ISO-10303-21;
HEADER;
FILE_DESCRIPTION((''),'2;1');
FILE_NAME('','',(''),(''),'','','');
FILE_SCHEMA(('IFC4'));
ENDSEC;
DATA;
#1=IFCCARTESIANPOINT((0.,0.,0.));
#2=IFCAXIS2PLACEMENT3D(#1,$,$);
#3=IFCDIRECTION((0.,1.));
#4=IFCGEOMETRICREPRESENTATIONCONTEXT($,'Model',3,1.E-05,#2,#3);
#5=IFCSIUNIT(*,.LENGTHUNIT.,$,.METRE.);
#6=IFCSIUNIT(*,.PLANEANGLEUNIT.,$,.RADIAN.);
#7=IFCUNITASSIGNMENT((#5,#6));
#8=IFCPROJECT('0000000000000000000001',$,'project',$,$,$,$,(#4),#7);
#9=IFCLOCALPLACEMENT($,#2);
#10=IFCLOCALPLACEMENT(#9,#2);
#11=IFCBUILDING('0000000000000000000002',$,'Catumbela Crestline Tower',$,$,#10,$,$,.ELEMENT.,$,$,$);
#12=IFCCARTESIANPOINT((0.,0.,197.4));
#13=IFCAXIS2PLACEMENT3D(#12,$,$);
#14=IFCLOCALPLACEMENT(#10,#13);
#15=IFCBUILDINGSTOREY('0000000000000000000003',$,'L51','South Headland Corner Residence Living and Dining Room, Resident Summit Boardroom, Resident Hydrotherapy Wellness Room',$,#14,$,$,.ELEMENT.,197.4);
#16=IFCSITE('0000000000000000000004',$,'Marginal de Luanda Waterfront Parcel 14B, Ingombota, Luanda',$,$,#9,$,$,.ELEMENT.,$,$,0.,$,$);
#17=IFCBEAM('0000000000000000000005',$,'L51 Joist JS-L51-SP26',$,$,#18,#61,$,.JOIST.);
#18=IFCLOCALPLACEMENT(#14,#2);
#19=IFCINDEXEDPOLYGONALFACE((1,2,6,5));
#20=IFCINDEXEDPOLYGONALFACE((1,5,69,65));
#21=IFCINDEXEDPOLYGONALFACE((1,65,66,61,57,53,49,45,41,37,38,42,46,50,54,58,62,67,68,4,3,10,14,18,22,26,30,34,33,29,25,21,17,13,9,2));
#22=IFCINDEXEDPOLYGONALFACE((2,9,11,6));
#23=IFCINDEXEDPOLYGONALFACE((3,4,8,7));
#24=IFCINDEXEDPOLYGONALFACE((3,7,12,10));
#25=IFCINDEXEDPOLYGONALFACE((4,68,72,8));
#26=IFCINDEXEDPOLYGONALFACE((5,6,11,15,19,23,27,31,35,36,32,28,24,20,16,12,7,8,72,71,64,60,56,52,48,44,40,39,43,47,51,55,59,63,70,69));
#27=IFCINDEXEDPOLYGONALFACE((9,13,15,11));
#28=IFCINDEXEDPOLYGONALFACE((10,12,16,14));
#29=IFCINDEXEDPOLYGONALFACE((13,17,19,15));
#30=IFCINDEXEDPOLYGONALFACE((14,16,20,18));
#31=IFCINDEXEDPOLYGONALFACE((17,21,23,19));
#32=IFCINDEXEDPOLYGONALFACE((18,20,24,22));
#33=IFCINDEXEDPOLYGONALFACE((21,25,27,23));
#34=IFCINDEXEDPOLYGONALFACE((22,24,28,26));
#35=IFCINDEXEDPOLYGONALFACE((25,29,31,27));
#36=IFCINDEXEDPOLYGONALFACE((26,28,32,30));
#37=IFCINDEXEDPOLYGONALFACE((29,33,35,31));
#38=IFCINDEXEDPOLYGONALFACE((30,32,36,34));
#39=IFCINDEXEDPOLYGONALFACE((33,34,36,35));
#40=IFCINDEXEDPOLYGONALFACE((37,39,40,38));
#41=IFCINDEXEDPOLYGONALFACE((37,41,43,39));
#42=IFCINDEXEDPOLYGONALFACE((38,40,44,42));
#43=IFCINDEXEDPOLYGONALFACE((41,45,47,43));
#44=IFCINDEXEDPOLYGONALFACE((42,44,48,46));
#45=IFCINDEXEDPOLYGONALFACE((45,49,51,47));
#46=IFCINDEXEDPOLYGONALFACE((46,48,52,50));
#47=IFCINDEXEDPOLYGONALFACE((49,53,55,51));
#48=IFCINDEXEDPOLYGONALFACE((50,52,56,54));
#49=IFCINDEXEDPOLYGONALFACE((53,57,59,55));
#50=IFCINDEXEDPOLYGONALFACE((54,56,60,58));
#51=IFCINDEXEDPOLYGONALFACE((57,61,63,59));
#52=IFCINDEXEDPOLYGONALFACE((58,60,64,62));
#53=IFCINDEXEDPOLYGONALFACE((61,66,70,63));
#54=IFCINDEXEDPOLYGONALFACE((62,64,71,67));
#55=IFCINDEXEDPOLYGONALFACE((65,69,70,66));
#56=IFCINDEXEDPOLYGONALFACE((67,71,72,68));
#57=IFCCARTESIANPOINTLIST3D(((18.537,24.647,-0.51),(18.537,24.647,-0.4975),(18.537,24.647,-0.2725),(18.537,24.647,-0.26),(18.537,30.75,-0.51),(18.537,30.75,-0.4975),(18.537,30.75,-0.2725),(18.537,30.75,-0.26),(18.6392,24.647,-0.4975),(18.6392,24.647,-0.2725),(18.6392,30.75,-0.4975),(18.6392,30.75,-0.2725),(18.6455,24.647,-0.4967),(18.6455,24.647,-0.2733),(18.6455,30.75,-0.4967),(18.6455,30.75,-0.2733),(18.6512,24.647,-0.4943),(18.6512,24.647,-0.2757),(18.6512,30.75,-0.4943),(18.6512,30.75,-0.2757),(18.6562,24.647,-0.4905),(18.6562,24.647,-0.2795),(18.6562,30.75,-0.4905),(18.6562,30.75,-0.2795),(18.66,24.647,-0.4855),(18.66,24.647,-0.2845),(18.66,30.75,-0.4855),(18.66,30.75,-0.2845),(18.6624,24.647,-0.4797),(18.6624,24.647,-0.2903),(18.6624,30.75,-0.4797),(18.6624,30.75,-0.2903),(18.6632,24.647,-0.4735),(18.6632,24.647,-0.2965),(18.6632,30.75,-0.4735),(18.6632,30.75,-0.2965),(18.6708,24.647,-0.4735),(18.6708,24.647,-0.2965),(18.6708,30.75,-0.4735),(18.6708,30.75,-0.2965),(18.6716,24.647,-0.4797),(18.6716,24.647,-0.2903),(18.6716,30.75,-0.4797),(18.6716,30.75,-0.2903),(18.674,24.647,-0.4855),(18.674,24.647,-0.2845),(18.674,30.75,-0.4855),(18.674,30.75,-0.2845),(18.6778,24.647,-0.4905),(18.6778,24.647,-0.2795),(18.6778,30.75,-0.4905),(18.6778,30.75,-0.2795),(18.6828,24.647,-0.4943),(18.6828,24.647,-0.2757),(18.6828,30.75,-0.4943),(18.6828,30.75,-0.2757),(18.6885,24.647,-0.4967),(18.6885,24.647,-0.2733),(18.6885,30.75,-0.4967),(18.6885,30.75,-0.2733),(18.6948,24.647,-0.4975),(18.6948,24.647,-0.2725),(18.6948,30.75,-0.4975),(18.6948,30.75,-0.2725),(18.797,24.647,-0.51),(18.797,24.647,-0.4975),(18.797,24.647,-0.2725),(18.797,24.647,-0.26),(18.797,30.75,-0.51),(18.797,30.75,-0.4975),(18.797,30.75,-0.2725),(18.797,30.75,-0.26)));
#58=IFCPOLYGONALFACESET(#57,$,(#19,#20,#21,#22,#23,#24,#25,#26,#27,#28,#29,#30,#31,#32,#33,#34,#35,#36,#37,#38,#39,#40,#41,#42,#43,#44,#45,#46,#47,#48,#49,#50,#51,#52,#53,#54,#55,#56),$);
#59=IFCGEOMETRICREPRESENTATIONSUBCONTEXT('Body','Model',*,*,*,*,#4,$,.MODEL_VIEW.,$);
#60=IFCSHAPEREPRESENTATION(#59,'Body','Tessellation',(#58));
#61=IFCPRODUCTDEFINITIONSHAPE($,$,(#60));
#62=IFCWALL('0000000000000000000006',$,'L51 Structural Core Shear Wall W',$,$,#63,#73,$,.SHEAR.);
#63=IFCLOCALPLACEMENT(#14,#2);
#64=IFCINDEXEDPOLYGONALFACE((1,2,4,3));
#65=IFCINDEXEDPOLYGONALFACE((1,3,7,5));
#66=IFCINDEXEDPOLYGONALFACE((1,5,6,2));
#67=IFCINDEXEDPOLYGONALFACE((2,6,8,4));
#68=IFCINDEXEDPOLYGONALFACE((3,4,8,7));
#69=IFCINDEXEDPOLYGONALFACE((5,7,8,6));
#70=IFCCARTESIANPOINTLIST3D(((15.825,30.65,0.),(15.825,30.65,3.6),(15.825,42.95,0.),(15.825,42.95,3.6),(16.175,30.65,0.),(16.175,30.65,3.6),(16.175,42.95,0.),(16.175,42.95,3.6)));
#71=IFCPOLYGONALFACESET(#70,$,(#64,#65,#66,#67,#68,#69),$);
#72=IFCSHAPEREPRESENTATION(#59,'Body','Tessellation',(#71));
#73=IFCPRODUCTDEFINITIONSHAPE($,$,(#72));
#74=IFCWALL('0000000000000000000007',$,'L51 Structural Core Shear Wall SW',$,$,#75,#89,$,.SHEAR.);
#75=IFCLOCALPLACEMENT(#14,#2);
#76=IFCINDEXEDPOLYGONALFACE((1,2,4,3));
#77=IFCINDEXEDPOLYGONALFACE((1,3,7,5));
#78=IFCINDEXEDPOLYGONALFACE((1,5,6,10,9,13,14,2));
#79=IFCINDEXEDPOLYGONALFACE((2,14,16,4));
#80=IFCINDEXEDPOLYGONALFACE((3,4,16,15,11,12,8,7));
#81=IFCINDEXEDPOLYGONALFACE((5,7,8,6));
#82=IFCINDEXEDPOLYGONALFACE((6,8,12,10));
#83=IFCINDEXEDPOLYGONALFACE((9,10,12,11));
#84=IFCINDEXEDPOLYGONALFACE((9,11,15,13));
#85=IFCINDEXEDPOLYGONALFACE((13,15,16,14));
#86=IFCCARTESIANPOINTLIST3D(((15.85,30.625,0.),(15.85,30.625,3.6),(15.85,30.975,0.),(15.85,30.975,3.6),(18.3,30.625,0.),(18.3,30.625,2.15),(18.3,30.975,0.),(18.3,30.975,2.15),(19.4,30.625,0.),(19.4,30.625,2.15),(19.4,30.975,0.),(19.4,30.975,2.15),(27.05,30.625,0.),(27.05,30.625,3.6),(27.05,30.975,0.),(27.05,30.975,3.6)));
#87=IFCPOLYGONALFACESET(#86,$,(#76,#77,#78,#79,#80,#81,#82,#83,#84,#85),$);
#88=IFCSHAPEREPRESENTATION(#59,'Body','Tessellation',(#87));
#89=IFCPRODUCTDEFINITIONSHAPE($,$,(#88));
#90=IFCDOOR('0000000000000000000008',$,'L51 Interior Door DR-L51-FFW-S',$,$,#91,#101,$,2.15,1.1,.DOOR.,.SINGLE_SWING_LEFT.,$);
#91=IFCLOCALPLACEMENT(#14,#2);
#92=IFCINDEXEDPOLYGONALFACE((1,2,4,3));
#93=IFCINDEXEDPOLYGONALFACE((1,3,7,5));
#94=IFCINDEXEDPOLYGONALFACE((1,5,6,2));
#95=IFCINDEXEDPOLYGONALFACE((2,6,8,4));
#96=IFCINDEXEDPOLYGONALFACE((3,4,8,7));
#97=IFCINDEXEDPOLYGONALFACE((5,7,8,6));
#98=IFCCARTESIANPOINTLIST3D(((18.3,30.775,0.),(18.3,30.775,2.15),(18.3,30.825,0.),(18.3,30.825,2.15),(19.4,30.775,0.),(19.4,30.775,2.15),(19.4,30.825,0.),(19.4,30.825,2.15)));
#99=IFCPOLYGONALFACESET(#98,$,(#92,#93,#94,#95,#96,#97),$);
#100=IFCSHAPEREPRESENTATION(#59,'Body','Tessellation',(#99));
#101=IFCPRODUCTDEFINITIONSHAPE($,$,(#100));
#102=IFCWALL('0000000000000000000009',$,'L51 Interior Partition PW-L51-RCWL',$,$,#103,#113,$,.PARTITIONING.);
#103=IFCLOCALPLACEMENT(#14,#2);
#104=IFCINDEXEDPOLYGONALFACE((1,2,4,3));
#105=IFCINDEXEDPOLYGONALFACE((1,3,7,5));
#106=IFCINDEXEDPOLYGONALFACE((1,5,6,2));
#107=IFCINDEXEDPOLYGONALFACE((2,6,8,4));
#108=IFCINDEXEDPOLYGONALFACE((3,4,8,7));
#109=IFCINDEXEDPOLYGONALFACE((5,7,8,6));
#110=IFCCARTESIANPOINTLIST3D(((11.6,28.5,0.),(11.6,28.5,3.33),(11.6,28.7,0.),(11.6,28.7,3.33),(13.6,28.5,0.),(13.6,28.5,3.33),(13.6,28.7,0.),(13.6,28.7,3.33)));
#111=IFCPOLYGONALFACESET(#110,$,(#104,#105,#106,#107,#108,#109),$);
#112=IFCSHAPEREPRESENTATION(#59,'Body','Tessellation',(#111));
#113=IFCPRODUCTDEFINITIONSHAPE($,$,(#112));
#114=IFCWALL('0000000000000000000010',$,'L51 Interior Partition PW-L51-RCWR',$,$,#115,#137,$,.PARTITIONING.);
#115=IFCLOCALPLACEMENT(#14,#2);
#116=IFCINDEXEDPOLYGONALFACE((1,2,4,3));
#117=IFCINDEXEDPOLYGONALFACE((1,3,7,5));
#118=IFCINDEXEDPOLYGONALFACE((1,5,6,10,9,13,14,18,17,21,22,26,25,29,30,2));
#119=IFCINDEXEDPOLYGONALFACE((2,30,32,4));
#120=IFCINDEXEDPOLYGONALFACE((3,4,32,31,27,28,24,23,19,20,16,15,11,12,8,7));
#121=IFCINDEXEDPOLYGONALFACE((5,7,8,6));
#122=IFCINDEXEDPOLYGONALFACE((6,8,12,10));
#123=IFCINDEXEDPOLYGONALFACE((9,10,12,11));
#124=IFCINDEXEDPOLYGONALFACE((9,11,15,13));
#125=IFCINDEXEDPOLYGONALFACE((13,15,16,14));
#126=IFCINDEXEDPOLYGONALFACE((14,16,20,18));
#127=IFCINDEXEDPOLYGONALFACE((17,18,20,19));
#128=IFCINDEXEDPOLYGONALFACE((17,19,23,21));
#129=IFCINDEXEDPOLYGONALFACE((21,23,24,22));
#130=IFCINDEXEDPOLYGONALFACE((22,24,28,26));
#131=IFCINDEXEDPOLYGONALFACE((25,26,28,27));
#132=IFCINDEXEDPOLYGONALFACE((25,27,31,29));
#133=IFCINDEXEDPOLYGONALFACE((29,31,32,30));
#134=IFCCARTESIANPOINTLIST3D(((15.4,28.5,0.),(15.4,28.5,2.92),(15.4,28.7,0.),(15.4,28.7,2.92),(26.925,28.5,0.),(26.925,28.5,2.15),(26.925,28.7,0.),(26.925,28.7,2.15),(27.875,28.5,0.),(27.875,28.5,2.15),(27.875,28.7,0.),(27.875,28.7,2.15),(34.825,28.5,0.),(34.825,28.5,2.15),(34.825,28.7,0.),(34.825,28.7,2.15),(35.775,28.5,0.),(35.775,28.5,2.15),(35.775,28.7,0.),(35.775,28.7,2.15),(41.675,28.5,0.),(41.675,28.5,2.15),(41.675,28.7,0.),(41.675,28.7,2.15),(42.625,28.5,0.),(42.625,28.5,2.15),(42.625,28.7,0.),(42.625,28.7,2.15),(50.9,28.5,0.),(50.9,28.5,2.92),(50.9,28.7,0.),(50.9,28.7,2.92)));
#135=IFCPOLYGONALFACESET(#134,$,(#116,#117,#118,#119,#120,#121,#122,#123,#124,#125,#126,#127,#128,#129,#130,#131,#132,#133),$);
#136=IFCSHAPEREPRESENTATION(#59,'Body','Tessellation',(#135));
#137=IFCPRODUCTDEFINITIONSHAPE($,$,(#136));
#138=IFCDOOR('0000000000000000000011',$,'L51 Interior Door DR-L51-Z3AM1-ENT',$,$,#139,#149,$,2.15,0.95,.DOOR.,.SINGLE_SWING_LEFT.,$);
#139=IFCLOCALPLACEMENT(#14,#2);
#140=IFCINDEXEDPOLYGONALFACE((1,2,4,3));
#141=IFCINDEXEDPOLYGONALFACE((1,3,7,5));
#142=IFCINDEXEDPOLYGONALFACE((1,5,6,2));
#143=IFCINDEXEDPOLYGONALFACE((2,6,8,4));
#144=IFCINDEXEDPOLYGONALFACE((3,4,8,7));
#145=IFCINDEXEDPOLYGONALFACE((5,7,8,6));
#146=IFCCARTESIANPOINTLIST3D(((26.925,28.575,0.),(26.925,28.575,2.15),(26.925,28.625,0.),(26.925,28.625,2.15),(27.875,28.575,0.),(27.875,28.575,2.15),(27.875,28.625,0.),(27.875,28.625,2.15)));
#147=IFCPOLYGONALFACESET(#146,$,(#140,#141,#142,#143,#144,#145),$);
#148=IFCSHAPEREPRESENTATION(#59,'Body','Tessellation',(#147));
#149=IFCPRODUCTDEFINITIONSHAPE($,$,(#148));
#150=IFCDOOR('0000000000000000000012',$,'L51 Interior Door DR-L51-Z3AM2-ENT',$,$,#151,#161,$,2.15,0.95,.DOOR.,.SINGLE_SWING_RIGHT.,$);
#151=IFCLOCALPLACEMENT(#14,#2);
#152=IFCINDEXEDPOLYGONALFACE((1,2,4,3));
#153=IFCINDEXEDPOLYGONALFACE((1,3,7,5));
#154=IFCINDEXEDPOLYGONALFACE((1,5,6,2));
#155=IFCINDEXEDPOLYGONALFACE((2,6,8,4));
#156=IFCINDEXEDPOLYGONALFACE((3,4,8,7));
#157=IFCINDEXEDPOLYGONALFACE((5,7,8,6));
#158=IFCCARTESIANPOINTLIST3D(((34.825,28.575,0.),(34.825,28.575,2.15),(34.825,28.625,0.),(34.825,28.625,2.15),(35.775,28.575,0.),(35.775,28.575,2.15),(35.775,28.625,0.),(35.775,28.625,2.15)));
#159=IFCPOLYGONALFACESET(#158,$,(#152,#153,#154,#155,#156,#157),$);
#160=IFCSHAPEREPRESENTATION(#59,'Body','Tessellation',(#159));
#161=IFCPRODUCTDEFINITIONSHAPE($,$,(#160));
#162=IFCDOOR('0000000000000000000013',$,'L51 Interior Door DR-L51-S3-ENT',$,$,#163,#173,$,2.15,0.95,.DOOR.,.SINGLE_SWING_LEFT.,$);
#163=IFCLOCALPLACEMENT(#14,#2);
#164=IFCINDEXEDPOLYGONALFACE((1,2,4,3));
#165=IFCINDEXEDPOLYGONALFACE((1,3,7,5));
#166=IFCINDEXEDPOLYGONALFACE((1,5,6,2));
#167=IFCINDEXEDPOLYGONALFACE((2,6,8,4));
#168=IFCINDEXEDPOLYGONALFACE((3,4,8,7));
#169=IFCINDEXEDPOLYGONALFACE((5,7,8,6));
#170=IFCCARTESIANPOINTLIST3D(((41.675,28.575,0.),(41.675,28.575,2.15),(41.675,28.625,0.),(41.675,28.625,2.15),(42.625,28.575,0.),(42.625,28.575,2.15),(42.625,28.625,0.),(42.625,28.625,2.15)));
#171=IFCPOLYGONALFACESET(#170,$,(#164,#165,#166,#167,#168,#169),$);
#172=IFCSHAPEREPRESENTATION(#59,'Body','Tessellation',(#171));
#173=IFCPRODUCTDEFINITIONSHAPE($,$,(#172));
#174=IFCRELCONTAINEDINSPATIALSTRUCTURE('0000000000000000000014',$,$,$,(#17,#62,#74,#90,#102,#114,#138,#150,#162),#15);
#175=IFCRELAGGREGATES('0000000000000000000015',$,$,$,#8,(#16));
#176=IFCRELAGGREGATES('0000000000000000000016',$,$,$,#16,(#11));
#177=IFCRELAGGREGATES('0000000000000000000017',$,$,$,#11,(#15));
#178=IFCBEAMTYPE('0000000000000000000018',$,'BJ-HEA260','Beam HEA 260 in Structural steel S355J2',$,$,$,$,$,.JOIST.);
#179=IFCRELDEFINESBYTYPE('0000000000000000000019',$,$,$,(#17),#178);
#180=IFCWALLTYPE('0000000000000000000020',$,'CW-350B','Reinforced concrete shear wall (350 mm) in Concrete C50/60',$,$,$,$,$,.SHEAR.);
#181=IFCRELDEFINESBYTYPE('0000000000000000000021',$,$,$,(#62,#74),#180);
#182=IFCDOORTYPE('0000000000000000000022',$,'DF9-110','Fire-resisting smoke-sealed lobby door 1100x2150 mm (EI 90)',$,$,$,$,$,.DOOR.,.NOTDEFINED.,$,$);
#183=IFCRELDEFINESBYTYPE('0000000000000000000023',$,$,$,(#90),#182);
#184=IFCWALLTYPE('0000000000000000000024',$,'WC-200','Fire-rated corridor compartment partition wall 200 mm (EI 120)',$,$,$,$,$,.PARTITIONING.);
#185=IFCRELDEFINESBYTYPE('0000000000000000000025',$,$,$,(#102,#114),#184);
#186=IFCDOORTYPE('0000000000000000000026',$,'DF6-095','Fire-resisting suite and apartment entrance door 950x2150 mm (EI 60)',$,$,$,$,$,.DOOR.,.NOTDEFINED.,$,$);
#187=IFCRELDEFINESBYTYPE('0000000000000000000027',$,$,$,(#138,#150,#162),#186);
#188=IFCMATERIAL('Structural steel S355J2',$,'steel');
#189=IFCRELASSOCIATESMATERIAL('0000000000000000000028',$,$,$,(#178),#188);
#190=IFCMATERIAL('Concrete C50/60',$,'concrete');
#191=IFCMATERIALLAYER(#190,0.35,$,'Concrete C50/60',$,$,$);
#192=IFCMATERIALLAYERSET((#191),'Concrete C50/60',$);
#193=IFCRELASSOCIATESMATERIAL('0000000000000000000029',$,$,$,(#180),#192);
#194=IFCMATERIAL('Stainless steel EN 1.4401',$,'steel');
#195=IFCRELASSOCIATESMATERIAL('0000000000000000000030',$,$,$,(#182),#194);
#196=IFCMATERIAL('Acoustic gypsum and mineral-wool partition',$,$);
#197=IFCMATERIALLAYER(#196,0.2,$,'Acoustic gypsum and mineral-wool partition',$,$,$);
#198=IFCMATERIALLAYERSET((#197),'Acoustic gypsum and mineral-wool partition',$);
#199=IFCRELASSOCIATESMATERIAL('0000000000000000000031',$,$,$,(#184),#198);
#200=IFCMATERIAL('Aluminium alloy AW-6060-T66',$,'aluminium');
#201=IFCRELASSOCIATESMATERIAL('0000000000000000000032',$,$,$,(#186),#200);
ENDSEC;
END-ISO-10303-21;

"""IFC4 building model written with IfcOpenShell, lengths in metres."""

from ifc_helpers import new_model, si_unit, direction, frame, frame_2d, origin, origin_2d, place, context, subcontext, project, spatial, rectangle, i_section, extrude, material, layer, layer_set, material_profile, profile_set, type_object, element, fill, save


model = new_model("IFC4")

# Units and contexts
model_context = context("Model", 3, precision=1e-05, world=origin(), true_north=direction((0.0, 1.0)))
body_context = subcontext(model_context, "Body", "Model", "MODEL_VIEW")
ifc_project = project(units=[si_unit("LENGTHUNIT", "METRE"), si_unit("PLANEANGLEUNIT", "RADIAN")], contexts=[model_context])

# Site, building, storey
site_placement = place(None, origin())
site = spatial("IfcSite", under=ifc_project, at=site_placement, Name="Marginal de Luanda Waterfront Parcel 14B, Ingombota, Luanda", CompositionType="ELEMENT", RefElevation=0.0)
building_placement = place(site_placement, origin())
building = spatial("IfcBuilding", under=site, at=building_placement, Name="Catumbela Crestline Tower", CompositionType="ELEMENT")
storey_placement = place(building_placement, frame((0.0, 0.0, 197.4)))
storey = spatial("IfcBuildingStorey", under=building, at=storey_placement, Name="L51", Description="South Headland Corner Residence Living and Dining Room, Resident Summit Boardroom, Resident Hydrotherapy Wellness Room", CompositionType="ELEMENT", Elevation=197.4)

# Shared definitions
ifc_material_1 = material(Name="Concrete C50/60", Category="concrete")
ifc_material_2 = material(Name="Structural steel S355J2", Category="steel")

# Beam
ifc_material_profile_1 = material_profile(ifc_material_2, i_section(OverallWidth=0.26, OverallDepth=0.25, WebThickness=0.0075, FlangeThickness=0.0125, FilletRadius=0.024, at=origin_2d()), Name="HEA 260")
ifc_profile_set_1 = profile_set([ifc_material_profile_1], Name="Structural steel S355J2")
beam_type_1 = type_object("IfcBeamType", Name="BJ-HEA260", Description="Beam HEA 260 in Structural steel S355J2", PredefinedType="JOIST", material=ifc_profile_set_1)
beam_1_placement = place(storey_placement, frame((18.667, 24.647, -0.385), z_axis=(0.0, 1.0, 0.0), x_axis=(-1.0, 0.0, 0.0)))
element("IfcBeam", 1, at=beam_1_placement, inside=storey, type_object=beam_type_1, Name="L51 Joist JS-L51-SP26", PredefinedType="JOIST", context=body_context, shape_type="SweptSolid", body=[
    extrude(i_section(OverallWidth=0.26, OverallDepth=0.25, WebThickness=0.0075, FlangeThickness=0.0125, FilletRadius=0.024, at=origin_2d()), origin(), (0.0, 0.0, 1.0), 6.103),
])

# Wall
ifc_layer_1 = layer(ifc_material_1, 0.35, Name="Concrete C50/60")
ifc_layer_set_1 = layer_set([ifc_layer_1], Name="Concrete C50/60")
wall_type_1 = type_object("IfcWallType", Name="CW-350B", Description="Reinforced concrete shear wall (350 mm) in Concrete C50/60", PredefinedType="SHEAR", material=ifc_layer_set_1)
wall_1_placement = place(storey_placement, frame((16.0, 30.65, 0.0), z_axis=(0.0, 0.0, 1.0), x_axis=(0.0, 1.0, 0.0)))
element("IfcWall", 2, at=wall_1_placement, inside=storey, type_object=wall_type_1, Name="L51 Structural Core Shear Wall W", PredefinedType="SHEAR", context=body_context, shape_type="SweptSolid", body=[
    extrude(rectangle(XDim=12.3, YDim=0.35, at=frame_2d((6.15, 0.0))), origin(), (0.0, 0.0, 1.0), 3.6),
])

# Wall, opening, door
wall_2_placement = place(storey_placement, frame((15.85, 30.8, 0.0), z_axis=(0.0, 0.0, 1.0), x_axis=(1.0, 0.0, 0.0)))
wall_2 = element("IfcWall", 3, at=wall_2_placement, inside=storey, type_object=wall_type_1, Name="L51 Structural Core Shear Wall SW", PredefinedType="SHEAR", context=body_context, shape_type="SweptSolid", body=[
    extrude(rectangle(XDim=11.2, YDim=0.35, at=frame_2d((5.6, 0.0))), origin(), (0.0, 0.0, 1.0), 3.6),
])
opening_1_placement = place(wall_2_placement, frame((2.45, 0.0, 0.0)))
opening_1 = element("IfcOpeningElement", 4, at=opening_1_placement, cuts=wall_2, PredefinedType="OPENING", context=body_context, shape_type="SweptSolid", body=[
    extrude(rectangle(XDim=1.1, YDim=2.15, at=frame_2d((0.55, 1.075))), frame((0.0, 0.185, 0.0), z_axis=(0.0, -1.0, 0.0), x_axis=(1.0, 0.0, 0.0)), (0.0, 0.0, 1.0), 0.37),
])
ifc_material_3 = material(Name="Stainless steel EN 1.4401", Category="steel")
door_type_1 = type_object("IfcDoorType", Name="DF9-110", Description="Fire-resisting smoke-sealed lobby door 1100x2150 mm (EI 90)", OperationType="NOTDEFINED", PredefinedType="DOOR", material=ifc_material_3)
door_1_placement = place(opening_1_placement, origin())
door_1 = element("IfcDoor", 5, at=door_1_placement, inside=storey, type_object=door_type_1, Name="L51 Interior Door DR-L51-FFW-S", OperationType="SINGLE_SWING_LEFT", OverallHeight=2.15, OverallWidth=1.1, PredefinedType="DOOR", context=body_context, shape_type="SweptSolid", body=[
    extrude(rectangle(XDim=1.1, YDim=2.15, at=frame_2d((0.55, 1.075))), frame((0.0, 0.025, 0.0), z_axis=(0.0, -1.0, 0.0), x_axis=(1.0, 0.0, 0.0)), (0.0, 0.0, 1.0), 0.05),
])
fill(opening_1, door_1)

# Wall
ifc_material_4 = material(Name="Acoustic gypsum and mineral-wool partition")
ifc_layer_2 = layer(ifc_material_4, 0.2, Name="Acoustic gypsum and mineral-wool partition")
ifc_layer_set_2 = layer_set([ifc_layer_2], Name="Acoustic gypsum and mineral-wool partition")
wall_type_2 = type_object("IfcWallType", Name="WC-200", Description="Fire-rated corridor compartment partition wall 200 mm (EI 120)", PredefinedType="PARTITIONING", material=ifc_layer_set_2)
wall_3_placement = place(storey_placement, frame((11.6, 28.6, 0.0), z_axis=(0.0, 0.0, 1.0), x_axis=(1.0, 0.0, 0.0)))
element("IfcWall", 6, at=wall_3_placement, inside=storey, type_object=wall_type_2, Name="L51 Interior Partition PW-L51-RCWL", PredefinedType="PARTITIONING", context=body_context, shape_type="SweptSolid", body=[
    extrude(rectangle(XDim=2.0, YDim=0.2, at=frame_2d((1.0, 0.0))), origin(), (0.0, 0.0, 1.0), 3.33),
])

# Wall, openings, doors
wall_4_placement = place(storey_placement, frame((15.4, 28.6, 0.0), z_axis=(0.0, 0.0, 1.0), x_axis=(1.0, 0.0, 0.0)))
wall_4 = element("IfcWall", 7, at=wall_4_placement, inside=storey, type_object=wall_type_2, Name="L51 Interior Partition PW-L51-RCWR", PredefinedType="PARTITIONING", context=body_context, shape_type="SweptSolid", body=[
    extrude(rectangle(XDim=35.5, YDim=0.2, at=frame_2d((17.75, 0.0))), origin(), (0.0, 0.0, 1.0), 2.92),
])
opening_2_placement = place(wall_4_placement, frame((11.525, 0.0, 0.0)))
opening_2 = element("IfcOpeningElement", 8, at=opening_2_placement, cuts=wall_4, PredefinedType="OPENING", context=body_context, shape_type="SweptSolid", body=[
    extrude(rectangle(XDim=0.95, YDim=2.15, at=frame_2d((0.475, 1.075))), frame((0.0, 0.11, 0.0), z_axis=(0.0, -1.0, 0.0), x_axis=(1.0, 0.0, 0.0)), (0.0, 0.0, 1.0), 0.22),
])
opening_3_placement = place(wall_4_placement, frame((19.425, 0.0, 0.0)))
opening_3 = element("IfcOpeningElement", 9, at=opening_3_placement, cuts=wall_4, PredefinedType="OPENING", context=body_context, shape_type="SweptSolid", body=[
    extrude(rectangle(XDim=0.95, YDim=2.15, at=frame_2d((0.475, 1.075))), frame((0.0, 0.11, 0.0), z_axis=(0.0, -1.0, 0.0), x_axis=(1.0, 0.0, 0.0)), (0.0, 0.0, 1.0), 0.22),
])
opening_4_placement = place(wall_4_placement, frame((26.275, 0.0, 0.0)))
opening_4 = element("IfcOpeningElement", 10, at=opening_4_placement, cuts=wall_4, PredefinedType="OPENING", context=body_context, shape_type="SweptSolid", body=[
    extrude(rectangle(XDim=0.95, YDim=2.15, at=frame_2d((0.475, 1.075))), frame((0.0, 0.11, 0.0), z_axis=(0.0, -1.0, 0.0), x_axis=(1.0, 0.0, 0.0)), (0.0, 0.0, 1.0), 0.22),
])
ifc_material_5 = material(Name="Aluminium alloy AW-6060-T66", Category="aluminium")
door_type_2 = type_object("IfcDoorType", Name="DF6-095", Description="Fire-resisting suite and apartment entrance door 950x2150 mm (EI 60)", OperationType="NOTDEFINED", PredefinedType="DOOR", material=ifc_material_5)
door_2_placement = place(opening_2_placement, origin())
door_2 = element("IfcDoor", 11, at=door_2_placement, inside=storey, type_object=door_type_2, Name="L51 Interior Door DR-L51-Z3AM1-ENT", OperationType="SINGLE_SWING_LEFT", OverallHeight=2.15, OverallWidth=0.95, PredefinedType="DOOR", context=body_context, shape_type="SweptSolid", body=[
    extrude(rectangle(XDim=0.95, YDim=2.15, at=frame_2d((0.475, 1.075))), frame((0.0, 0.025, 0.0), z_axis=(0.0, -1.0, 0.0), x_axis=(1.0, 0.0, 0.0)), (0.0, 0.0, 1.0), 0.05),
])
fill(opening_2, door_2)
door_3_placement = place(opening_3_placement, origin())
door_3 = element("IfcDoor", 12, at=door_3_placement, inside=storey, type_object=door_type_2, Name="L51 Interior Door DR-L51-Z3AM2-ENT", OperationType="SINGLE_SWING_RIGHT", OverallHeight=2.15, OverallWidth=0.95, PredefinedType="DOOR", context=body_context, shape_type="SweptSolid", body=[
    extrude(rectangle(XDim=0.95, YDim=2.15, at=frame_2d((0.475, 1.075))), frame((0.0, 0.025, 0.0), z_axis=(0.0, -1.0, 0.0), x_axis=(1.0, 0.0, 0.0)), (0.0, 0.0, 1.0), 0.05),
])
fill(opening_3, door_3)
door_4_placement = place(opening_4_placement, origin())
door_4 = element("IfcDoor", 13, at=door_4_placement, inside=storey, type_object=door_type_2, Name="L51 Interior Door DR-L51-S3-ENT", OperationType="SINGLE_SWING_LEFT", OverallHeight=2.15, OverallWidth=0.95, PredefinedType="DOOR", context=body_context, shape_type="SweptSolid", body=[
    extrude(rectangle(XDim=0.95, YDim=2.15, at=frame_2d((0.475, 1.075))), frame((0.0, 0.025, 0.0), z_axis=(0.0, -1.0, 0.0), x_axis=(1.0, 0.0, 0.0)), (0.0, 0.0, 1.0), 0.05),
])
fill(opening_4, door_4)

save(model, "model.ifc")
